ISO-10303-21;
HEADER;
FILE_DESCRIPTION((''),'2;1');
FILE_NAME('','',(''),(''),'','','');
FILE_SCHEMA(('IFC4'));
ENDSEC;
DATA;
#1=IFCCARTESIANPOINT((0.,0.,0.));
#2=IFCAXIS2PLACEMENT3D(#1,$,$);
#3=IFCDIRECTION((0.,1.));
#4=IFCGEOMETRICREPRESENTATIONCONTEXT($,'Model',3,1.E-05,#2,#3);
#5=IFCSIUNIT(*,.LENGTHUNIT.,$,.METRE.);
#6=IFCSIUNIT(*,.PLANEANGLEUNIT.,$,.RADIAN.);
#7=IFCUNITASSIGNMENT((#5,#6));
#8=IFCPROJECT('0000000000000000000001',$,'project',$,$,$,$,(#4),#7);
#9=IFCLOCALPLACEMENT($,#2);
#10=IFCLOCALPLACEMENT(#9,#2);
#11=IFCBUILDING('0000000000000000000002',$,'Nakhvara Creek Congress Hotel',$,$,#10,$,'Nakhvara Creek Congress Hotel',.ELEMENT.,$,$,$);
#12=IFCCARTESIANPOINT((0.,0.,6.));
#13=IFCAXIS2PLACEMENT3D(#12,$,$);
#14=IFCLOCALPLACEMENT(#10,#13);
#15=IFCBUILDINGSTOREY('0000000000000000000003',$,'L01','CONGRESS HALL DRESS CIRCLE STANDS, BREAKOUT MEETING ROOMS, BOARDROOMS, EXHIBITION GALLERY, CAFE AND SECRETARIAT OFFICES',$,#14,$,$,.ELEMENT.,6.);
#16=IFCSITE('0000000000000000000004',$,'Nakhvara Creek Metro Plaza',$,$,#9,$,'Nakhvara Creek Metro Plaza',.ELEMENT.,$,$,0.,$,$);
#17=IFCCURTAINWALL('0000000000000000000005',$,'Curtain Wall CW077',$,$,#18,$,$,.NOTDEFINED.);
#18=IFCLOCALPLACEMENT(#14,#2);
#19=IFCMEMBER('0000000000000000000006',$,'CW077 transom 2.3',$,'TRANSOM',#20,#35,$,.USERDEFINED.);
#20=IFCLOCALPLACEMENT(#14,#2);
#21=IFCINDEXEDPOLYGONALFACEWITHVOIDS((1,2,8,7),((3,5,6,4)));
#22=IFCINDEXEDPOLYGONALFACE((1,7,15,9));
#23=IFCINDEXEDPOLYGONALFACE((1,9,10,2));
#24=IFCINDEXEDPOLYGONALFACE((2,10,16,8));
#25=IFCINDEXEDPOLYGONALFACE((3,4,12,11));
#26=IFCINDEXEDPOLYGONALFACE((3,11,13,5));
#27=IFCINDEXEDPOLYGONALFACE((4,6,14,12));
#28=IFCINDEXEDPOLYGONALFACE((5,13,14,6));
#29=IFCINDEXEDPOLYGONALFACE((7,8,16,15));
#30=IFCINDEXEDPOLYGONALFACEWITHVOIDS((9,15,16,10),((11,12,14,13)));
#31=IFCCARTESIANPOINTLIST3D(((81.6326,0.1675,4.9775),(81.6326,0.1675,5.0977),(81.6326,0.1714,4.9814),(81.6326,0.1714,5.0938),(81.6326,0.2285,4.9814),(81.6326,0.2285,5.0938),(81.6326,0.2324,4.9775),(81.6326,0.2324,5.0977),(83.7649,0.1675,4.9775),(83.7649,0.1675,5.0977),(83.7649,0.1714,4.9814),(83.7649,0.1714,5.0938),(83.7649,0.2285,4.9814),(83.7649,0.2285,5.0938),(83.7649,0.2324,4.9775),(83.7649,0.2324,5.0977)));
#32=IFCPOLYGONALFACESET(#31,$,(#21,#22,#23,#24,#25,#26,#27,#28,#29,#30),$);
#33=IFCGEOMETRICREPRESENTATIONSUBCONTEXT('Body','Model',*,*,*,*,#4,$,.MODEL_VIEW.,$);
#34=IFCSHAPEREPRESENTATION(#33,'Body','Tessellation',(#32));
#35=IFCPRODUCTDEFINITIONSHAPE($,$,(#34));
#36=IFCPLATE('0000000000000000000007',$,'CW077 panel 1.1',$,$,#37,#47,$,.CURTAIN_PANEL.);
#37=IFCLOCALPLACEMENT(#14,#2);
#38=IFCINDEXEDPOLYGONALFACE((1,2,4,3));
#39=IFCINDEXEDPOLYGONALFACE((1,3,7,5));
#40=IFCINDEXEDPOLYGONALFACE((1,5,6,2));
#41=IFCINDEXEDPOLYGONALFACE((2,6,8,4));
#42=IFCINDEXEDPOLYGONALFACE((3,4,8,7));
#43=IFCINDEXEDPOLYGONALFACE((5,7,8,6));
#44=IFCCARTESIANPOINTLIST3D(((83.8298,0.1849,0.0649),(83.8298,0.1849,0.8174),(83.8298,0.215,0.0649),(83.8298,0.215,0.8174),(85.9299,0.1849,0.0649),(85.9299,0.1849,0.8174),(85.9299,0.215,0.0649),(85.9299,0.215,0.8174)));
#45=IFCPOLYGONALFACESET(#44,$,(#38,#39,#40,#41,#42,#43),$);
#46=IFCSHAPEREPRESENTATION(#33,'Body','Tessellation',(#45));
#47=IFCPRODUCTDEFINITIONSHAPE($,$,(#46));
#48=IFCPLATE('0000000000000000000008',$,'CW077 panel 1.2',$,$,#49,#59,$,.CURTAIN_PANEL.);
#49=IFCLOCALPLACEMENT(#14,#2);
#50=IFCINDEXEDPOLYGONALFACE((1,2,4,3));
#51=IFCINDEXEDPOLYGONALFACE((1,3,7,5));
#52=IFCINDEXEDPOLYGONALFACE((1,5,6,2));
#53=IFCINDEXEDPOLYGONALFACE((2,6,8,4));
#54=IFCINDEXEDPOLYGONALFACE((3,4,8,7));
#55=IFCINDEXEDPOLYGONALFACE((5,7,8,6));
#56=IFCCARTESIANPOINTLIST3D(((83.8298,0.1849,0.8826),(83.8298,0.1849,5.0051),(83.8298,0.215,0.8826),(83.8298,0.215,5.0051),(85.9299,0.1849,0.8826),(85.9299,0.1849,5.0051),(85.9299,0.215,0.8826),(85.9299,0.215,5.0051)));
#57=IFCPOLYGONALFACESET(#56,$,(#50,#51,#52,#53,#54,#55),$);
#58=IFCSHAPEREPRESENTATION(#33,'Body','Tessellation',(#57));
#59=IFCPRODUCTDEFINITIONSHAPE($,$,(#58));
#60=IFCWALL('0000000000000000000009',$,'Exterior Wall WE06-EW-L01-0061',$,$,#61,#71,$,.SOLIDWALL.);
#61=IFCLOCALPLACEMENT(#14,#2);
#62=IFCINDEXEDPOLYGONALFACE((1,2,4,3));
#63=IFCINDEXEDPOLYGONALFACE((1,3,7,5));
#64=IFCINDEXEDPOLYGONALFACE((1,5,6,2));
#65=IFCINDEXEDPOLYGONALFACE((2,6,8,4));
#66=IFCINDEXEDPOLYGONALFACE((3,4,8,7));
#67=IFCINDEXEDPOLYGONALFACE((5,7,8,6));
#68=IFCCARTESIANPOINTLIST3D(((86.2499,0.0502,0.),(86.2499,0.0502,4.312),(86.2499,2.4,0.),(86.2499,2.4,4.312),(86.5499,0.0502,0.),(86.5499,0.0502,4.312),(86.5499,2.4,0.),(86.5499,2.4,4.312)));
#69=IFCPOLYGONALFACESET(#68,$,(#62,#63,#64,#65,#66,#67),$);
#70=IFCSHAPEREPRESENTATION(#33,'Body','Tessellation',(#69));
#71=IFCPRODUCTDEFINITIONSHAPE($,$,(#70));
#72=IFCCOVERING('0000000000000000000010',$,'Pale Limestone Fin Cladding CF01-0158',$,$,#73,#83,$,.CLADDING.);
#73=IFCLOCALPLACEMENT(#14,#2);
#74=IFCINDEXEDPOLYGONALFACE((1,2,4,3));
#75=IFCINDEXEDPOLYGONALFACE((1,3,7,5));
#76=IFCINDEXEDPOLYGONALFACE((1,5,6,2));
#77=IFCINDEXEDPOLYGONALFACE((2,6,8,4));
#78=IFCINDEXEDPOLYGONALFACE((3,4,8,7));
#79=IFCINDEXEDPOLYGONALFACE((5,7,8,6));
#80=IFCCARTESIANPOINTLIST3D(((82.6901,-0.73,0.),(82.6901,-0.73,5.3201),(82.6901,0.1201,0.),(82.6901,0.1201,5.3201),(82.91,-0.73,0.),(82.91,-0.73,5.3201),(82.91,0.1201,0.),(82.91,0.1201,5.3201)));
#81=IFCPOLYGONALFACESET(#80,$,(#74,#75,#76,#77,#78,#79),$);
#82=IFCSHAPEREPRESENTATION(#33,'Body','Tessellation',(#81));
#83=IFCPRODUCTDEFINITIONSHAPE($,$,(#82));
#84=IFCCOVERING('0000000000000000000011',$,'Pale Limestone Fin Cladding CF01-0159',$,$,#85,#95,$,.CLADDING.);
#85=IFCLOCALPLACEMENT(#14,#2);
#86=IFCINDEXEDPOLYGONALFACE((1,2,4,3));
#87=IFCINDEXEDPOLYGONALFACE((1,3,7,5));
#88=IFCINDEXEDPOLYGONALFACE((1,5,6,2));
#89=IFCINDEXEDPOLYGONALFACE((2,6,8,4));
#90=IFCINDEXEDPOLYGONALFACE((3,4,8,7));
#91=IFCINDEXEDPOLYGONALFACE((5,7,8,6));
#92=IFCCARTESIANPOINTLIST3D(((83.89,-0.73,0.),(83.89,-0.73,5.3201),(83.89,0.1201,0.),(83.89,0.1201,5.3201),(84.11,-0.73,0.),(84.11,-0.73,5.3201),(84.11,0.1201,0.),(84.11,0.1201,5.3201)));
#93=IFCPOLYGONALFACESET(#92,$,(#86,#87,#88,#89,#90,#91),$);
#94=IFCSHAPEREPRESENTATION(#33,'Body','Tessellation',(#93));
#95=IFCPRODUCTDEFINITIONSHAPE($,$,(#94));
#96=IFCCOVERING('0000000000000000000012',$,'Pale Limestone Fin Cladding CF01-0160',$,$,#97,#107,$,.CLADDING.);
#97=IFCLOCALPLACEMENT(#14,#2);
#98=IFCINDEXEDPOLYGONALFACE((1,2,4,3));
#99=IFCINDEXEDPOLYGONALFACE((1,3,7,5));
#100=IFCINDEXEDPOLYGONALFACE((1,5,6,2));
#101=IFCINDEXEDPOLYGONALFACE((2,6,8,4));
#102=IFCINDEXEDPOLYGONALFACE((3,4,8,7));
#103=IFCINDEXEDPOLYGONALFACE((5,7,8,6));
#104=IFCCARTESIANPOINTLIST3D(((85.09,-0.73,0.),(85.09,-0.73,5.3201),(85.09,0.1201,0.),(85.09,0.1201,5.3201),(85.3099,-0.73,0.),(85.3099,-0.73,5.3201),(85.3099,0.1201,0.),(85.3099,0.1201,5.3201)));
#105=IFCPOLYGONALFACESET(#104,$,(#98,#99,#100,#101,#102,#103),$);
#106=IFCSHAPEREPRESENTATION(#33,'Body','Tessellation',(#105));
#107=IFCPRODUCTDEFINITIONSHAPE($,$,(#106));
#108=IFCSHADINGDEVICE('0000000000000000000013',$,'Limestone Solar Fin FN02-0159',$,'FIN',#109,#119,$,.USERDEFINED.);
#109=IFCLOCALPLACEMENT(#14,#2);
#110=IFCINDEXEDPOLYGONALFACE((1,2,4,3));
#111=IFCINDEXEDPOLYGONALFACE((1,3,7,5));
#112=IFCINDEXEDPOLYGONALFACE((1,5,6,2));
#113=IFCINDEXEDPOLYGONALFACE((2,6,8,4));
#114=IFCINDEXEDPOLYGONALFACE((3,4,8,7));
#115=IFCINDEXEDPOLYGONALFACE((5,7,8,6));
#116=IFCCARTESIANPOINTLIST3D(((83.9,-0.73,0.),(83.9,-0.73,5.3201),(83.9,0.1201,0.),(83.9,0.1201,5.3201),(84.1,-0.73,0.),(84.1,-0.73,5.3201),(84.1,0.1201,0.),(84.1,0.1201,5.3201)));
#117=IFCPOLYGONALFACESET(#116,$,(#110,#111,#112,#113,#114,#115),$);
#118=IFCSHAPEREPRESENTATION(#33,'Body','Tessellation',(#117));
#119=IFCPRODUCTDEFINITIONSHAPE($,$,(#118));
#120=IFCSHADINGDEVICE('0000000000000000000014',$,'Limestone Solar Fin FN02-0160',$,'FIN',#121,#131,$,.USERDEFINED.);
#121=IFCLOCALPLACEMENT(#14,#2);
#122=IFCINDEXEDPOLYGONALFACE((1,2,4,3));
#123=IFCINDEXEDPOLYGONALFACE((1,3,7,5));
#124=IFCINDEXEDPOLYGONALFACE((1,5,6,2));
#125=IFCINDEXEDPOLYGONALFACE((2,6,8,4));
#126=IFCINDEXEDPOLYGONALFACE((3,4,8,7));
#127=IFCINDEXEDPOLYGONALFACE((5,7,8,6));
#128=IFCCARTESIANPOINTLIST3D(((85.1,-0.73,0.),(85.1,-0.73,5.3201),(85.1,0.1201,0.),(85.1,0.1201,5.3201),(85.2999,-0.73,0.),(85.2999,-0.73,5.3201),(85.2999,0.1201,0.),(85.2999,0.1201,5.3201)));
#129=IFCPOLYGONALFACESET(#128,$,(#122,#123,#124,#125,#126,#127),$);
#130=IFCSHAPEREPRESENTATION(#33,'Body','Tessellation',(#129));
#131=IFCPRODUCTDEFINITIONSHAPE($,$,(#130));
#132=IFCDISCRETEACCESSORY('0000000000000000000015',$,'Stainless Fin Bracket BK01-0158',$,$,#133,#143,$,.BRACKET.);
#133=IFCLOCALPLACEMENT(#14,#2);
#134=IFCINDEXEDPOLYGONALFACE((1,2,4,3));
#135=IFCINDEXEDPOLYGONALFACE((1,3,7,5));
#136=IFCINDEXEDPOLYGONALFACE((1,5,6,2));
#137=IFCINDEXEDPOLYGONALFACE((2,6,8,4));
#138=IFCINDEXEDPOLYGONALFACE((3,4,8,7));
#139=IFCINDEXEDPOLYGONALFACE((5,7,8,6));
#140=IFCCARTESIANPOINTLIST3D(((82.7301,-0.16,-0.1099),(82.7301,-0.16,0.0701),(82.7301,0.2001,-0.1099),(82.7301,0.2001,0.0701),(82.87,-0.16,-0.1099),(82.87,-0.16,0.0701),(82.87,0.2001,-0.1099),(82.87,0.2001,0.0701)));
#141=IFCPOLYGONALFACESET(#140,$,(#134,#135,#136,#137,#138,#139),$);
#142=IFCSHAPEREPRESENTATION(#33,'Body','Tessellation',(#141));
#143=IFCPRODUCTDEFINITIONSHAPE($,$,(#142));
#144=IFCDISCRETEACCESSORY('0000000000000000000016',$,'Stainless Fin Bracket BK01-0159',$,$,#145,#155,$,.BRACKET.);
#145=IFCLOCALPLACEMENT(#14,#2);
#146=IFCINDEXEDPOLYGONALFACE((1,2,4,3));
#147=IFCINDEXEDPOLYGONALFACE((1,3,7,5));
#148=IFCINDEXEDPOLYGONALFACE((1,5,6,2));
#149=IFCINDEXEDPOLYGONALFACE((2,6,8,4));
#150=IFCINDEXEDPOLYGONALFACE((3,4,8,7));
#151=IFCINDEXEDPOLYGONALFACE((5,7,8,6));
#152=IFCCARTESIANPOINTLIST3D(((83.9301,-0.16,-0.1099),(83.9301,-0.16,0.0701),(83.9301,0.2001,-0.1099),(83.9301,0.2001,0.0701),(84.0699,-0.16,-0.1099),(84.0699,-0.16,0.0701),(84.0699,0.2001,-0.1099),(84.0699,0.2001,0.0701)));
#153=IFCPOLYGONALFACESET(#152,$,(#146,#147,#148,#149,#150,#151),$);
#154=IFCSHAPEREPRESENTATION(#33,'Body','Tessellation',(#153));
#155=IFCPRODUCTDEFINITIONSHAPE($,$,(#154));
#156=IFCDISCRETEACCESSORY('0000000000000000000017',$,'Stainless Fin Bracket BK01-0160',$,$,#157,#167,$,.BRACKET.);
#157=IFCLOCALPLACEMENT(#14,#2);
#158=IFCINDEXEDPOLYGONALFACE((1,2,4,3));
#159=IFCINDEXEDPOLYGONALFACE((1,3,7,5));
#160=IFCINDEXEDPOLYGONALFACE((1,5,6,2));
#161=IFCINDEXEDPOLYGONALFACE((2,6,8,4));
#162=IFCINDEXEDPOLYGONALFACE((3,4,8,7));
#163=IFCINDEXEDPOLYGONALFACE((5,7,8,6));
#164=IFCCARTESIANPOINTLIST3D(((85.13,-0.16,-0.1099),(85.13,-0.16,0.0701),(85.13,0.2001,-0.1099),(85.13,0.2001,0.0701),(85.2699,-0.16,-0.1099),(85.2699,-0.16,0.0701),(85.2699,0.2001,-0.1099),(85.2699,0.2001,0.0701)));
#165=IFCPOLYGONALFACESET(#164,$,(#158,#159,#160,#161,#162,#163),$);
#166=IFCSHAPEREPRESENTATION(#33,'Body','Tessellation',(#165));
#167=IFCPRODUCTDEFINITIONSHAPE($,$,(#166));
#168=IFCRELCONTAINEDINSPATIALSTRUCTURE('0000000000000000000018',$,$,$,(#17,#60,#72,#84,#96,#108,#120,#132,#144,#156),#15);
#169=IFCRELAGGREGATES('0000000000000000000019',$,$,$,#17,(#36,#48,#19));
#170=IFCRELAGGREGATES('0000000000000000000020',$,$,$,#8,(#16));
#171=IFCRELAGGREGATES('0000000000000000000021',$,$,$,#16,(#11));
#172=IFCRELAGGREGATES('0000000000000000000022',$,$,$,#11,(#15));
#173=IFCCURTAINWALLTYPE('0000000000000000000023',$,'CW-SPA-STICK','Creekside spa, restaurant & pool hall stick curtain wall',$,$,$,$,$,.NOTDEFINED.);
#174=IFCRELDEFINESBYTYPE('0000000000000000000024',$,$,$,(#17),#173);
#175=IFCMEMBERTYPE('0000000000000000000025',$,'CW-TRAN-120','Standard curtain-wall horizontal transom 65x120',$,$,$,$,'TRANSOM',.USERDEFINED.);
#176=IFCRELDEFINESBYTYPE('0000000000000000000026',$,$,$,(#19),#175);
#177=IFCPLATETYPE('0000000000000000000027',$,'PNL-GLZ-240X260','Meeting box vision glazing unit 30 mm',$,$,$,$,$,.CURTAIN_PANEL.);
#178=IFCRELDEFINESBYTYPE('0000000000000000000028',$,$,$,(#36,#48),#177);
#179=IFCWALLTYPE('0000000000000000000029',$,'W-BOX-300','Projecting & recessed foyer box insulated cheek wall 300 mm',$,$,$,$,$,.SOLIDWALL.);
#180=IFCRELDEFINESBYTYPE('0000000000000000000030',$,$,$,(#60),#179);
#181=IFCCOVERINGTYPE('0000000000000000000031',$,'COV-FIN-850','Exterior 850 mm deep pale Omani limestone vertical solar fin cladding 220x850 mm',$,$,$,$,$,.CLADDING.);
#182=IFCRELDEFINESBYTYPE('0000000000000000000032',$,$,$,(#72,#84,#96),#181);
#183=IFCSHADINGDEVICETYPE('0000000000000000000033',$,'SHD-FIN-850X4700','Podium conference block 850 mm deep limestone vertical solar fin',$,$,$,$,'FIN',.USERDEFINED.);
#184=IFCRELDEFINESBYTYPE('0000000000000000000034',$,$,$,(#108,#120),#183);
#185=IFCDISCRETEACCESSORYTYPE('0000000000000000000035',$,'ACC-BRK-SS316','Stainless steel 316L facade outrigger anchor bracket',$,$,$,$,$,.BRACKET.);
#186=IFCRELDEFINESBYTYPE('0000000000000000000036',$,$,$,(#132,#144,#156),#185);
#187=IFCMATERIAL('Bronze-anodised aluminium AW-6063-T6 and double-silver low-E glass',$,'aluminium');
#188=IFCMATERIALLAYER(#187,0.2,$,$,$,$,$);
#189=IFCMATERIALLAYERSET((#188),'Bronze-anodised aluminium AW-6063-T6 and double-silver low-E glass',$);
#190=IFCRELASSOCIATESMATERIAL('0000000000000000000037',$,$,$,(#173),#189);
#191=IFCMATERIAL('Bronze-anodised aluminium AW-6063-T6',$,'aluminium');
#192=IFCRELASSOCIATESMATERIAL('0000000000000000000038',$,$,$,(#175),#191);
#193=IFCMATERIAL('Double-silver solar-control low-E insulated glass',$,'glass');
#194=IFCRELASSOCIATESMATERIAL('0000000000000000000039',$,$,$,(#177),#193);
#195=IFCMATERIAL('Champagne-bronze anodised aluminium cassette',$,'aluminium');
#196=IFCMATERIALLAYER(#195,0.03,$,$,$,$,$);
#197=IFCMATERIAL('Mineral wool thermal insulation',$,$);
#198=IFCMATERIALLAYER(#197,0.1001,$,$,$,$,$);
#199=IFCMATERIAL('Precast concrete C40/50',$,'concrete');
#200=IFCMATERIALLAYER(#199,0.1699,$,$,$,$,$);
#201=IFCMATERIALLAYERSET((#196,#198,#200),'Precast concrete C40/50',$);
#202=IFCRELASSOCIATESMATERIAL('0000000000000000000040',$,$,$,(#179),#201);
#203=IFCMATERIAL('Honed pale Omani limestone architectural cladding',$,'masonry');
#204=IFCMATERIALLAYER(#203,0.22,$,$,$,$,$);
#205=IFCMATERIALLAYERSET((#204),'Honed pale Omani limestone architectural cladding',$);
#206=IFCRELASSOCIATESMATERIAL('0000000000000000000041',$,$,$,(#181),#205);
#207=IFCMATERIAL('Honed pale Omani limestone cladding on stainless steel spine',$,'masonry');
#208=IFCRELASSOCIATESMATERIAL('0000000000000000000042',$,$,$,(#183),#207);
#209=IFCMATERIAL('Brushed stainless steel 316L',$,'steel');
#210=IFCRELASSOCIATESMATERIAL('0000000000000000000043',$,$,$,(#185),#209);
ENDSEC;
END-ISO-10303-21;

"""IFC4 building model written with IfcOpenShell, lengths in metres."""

from ifc_helpers import new_model, si_unit, direction, frame, frame_2d, origin, origin_2d, place, context, subcontext, project, spatial, rectangle, hollow_rectangle, extrude, material, layer, layer_set, material_profile, profile_set, type_object, element, aggregate, save


model = new_model("IFC4")

# Units and contexts
model_context = context("Model", 3, precision=1e-05, world=origin(), true_north=direction((0.0, 1.0)))
body_context = subcontext(model_context, "Body", "Model", "MODEL_VIEW")
ifc_project = project(units=[si_unit("LENGTHUNIT", "METRE"), si_unit("PLANEANGLEUNIT", "RADIAN")], contexts=[model_context])

# Site, building, storey
site_placement = place(None, origin())
site = spatial("IfcSite", under=ifc_project, at=site_placement, Name="Nakhvara Creek Metro Plaza", LongName="Nakhvara Creek Metro Plaza", CompositionType="ELEMENT", RefElevation=0.0)
building_placement = place(site_placement, origin())
building = spatial("IfcBuilding", under=site, at=building_placement, Name="Nakhvara Creek Congress Hotel", LongName="Nakhvara Creek Congress Hotel", CompositionType="ELEMENT")
storey_placement = place(building_placement, frame((0.0, 0.0, 6.0)))
storey = spatial("IfcBuildingStorey", under=building, at=storey_placement, Name="L01", Description="CONGRESS HALL DRESS CIRCLE STANDS, BREAKOUT MEETING ROOMS, BOARDROOMS, EXHIBITION GALLERY, CAFE AND SECRETARIAT OFFICES", CompositionType="ELEMENT", Elevation=6.0)

# Curtain wall
ifc_material_1 = material(Name="Bronze-anodised aluminium AW-6063-T6 and double-silver low-E glass", Category="aluminium")
ifc_layer_1 = layer(ifc_material_1, 0.2)
ifc_layer_set_1 = layer_set([ifc_layer_1], Name="Bronze-anodised aluminium AW-6063-T6 and double-silver low-E glass")
curtain_wall_type_1 = type_object("IfcCurtainWallType", Name="CW-SPA-STICK", Description="Creekside spa, restaurant & pool hall stick curtain wall", PredefinedType="NOTDEFINED", material=ifc_layer_set_1)
curtain_wall_1_placement = place(storey_placement, origin())
curtain_wall_1 = element("IfcCurtainWall", 1, at=curtain_wall_1_placement, inside=storey, type_object=curtain_wall_type_1, Name="Curtain Wall CW077", PredefinedType="NOTDEFINED")
ifc_material_2 = material(Name="Bronze-anodised aluminium AW-6063-T6", Category="aluminium")

# Member
ifc_material_profile_1 = material_profile(ifc_material_2, hollow_rectangle(XDim=0.0649, YDim=0.1201, WallThickness=0.0039, at=origin_2d()), Name="ALU-TRAN 65x120x4", Category="LoadBearing")
ifc_profile_set_1 = profile_set([ifc_material_profile_1], Name="Bronze-anodised aluminium AW-6063-T6")
member_type_1 = type_object("IfcMemberType", Name="CW-TRAN-120", Description="Standard curtain-wall horizontal transom 65x120", ElementType="TRANSOM", PredefinedType="USERDEFINED", material=ifc_profile_set_1)
member_1_placement = place(storey_placement, frame((83.7649, 0.2, 5.0376), z_axis=(-1.0, 0.0, 0.0), x_axis=(0.0, -1.0, 0.0)))
member_1 = element("IfcMember", 2, at=member_1_placement, type_object=member_type_1, Name="CW077 transom 2.3", ObjectType="TRANSOM", PredefinedType="USERDEFINED", context=body_context, shape_type="SweptSolid", body=[
    extrude(hollow_rectangle(XDim=0.0649, YDim=0.1201, WallThickness=0.0039, at=origin_2d()), origin(), (0.0, 0.0, 1.0), 2.1323),
])

# Plates
ifc_material_3 = material(Name="Double-silver solar-control low-E insulated glass", Category="glass")
plate_type = type_object("IfcPlateType", Name="PNL-GLZ-240X260", Description="Meeting box vision glazing unit 30 mm", PredefinedType="CURTAIN_PANEL", material=ifc_material_3)
plate_1_placement = place(storey_placement, frame((84.8799, 0.2, 0.0649), z_axis=(0.0, 0.0, 1.0), x_axis=(-1.0, 0.0, 0.0)))
plate_1 = element("IfcPlate", 3, at=plate_1_placement, type_object=plate_type, Name="CW077 panel 1.1", PredefinedType="CURTAIN_PANEL", context=body_context, shape_type="SweptSolid", body=[
    extrude(rectangle(XDim=2.1001, YDim=0.03, at=origin_2d()), origin(), (0.0, 0.0, 1.0), 0.7524),
])
plate_2_placement = place(storey_placement, frame((84.8799, 0.2, 0.8826), z_axis=(0.0, 0.0, 1.0), x_axis=(-1.0, 0.0, 0.0)))
plate_2 = element("IfcPlate", 4, at=plate_2_placement, type_object=plate_type, Name="CW077 panel 1.2", PredefinedType="CURTAIN_PANEL", context=body_context, shape_type="SweptSolid", body=[
    extrude(rectangle(XDim=2.1001, YDim=0.03, at=origin_2d()), origin(), (0.0, 0.0, 1.0), 4.1226),
])
aggregate(curtain_wall_1, [plate_1, plate_2, member_1])

# Wall
ifc_material_4 = material(Name="Champagne-bronze anodised aluminium cassette", Category="aluminium")
ifc_layer_2 = layer(ifc_material_4, 0.03)
ifc_material_5 = material(Name="Mineral wool thermal insulation")
ifc_layer_3 = layer(ifc_material_5, 0.1001)
ifc_material_6 = material(Name="Precast concrete C40/50", Category="concrete")
ifc_layer_4 = layer(ifc_material_6, 0.1699)
ifc_layer_set_2 = layer_set([ifc_layer_2, ifc_layer_3, ifc_layer_4], Name="Precast concrete C40/50")
wall_type = type_object("IfcWallType", Name="W-BOX-300", Description="Projecting & recessed foyer box insulated cheek wall 300 mm", PredefinedType="SOLIDWALL", material=ifc_layer_set_2)
wall_placement = place(storey_placement, frame((86.3999, 2.3999, 0.0), z_axis=(0.0, 0.0, 1.0), x_axis=(0.0, -1.0, 0.0)))
element("IfcWall", 5, at=wall_placement, inside=storey, type_object=wall_type, Name="Exterior Wall WE06-EW-L01-0061", PredefinedType="SOLIDWALL", context=body_context, shape_type="SweptSolid", body=[
    extrude(rectangle(XDim=2.3499, YDim=0.3, at=frame_2d((1.1748, 0.0))), origin(), (0.0, 0.0, 1.0), 4.312),
])

# Coverings
ifc_material_7 = material(Name="Honed pale Omani limestone architectural cladding", Category="masonry")
ifc_layer_5 = layer(ifc_material_7, 0.22)
ifc_layer_set_3 = layer_set([ifc_layer_5], Name="Honed pale Omani limestone architectural cladding")
covering_type = type_object("IfcCoveringType", Name="COV-FIN-850", Description="Exterior 850 mm deep pale Omani limestone vertical solar fin cladding 220x850 mm", PredefinedType="CLADDING", material=ifc_layer_set_3)
for number, where, z_axis, x_axis, name in (
    (6, (82.8, -0.3049, 0.0), (0.0, 0.0, 1.0), (1.0, 0.0, 0.0), "Pale Limestone Fin Cladding CF01-0158"),
    (7, (84.0, -0.3049, 0.0), (0.0, 0.0, 1.0), (1.0, 0.0, 0.0), "Pale Limestone Fin Cladding CF01-0159"),
    (8, (85.2, -0.3049, 0.0), (0.0, 0.0, 1.0), (1.0, 0.0, 0.0), "Pale Limestone Fin Cladding CF01-0160"),
):
    element("IfcCovering", number, at=place(storey_placement, frame(where, z_axis=z_axis, x_axis=x_axis)), inside=storey, type_object=covering_type, Name=name, PredefinedType="CLADDING", context=body_context, shape_type="SweptSolid", body=[
        extrude(rectangle(XDim=0.22, YDim=0.8501, at=origin_2d()), origin(), (0.0, 0.0, 1.0), 5.3201),
    ])

# Shading devices
ifc_material_8 = material(Name="Honed pale Omani limestone cladding on stainless steel spine", Category="masonry")
shading_device_type = type_object("IfcShadingDeviceType", Name="SHD-FIN-850X4700", Description="Podium conference block 850 mm deep limestone vertical solar fin", ElementType="FIN", PredefinedType="USERDEFINED", material=ifc_material_8)
for number, where, z_axis, x_axis, name in (
    (9, (84.0, -0.3049, 0.0), (0.0, 0.0, 1.0), (1.0, 0.0, 0.0), "Limestone Solar Fin FN02-0159"),
    (10, (85.2, -0.3049, 0.0), (0.0, 0.0, 1.0), (1.0, 0.0, 0.0), "Limestone Solar Fin FN02-0160"),
):
    element("IfcShadingDevice", number, at=place(storey_placement, frame(where, z_axis=z_axis, x_axis=x_axis)), inside=storey, type_object=shading_device_type, Name=name, ObjectType="FIN", PredefinedType="USERDEFINED", context=body_context, shape_type="SweptSolid", body=[
        extrude(rectangle(XDim=0.2, YDim=0.8501, at=origin_2d()), origin(), (0.0, 0.0, 1.0), 5.3201),
    ])

# Discrete accessories
ifc_material_9 = material(Name="Brushed stainless steel 316L", Category="steel")
discrete_accessory_type = type_object("IfcDiscreteAccessoryType", Name="ACC-BRK-SS316", Description="Stainless steel 316L facade outrigger anchor bracket", PredefinedType="BRACKET", material=ifc_material_9)
for number, where, z_axis, x_axis, name in (
    (11, (82.8, 0.02, -0.1099), (0.0, 0.0, 1.0), (1.0, 0.0, 0.0), "Stainless Fin Bracket BK01-0158"),
    (12, (84.0, 0.02, -0.1099), (0.0, 0.0, 1.0), (1.0, 0.0, 0.0), "Stainless Fin Bracket BK01-0159"),
    (13, (85.2, 0.02, -0.1099), (0.0, 0.0, 1.0), (1.0, 0.0, 0.0), "Stainless Fin Bracket BK01-0160"),
):
    element("IfcDiscreteAccessory", number, at=place(storey_placement, frame(where, z_axis=z_axis, x_axis=x_axis)), inside=storey, type_object=discrete_accessory_type, Name=name, PredefinedType="BRACKET", context=body_context, shape_type="SweptSolid", body=[
        extrude(rectangle(XDim=0.1399, YDim=0.3601, at=origin_2d()), origin(), (0.0, 0.0, 1.0), 0.1799),
    ])

save(model, "model.ifc")
